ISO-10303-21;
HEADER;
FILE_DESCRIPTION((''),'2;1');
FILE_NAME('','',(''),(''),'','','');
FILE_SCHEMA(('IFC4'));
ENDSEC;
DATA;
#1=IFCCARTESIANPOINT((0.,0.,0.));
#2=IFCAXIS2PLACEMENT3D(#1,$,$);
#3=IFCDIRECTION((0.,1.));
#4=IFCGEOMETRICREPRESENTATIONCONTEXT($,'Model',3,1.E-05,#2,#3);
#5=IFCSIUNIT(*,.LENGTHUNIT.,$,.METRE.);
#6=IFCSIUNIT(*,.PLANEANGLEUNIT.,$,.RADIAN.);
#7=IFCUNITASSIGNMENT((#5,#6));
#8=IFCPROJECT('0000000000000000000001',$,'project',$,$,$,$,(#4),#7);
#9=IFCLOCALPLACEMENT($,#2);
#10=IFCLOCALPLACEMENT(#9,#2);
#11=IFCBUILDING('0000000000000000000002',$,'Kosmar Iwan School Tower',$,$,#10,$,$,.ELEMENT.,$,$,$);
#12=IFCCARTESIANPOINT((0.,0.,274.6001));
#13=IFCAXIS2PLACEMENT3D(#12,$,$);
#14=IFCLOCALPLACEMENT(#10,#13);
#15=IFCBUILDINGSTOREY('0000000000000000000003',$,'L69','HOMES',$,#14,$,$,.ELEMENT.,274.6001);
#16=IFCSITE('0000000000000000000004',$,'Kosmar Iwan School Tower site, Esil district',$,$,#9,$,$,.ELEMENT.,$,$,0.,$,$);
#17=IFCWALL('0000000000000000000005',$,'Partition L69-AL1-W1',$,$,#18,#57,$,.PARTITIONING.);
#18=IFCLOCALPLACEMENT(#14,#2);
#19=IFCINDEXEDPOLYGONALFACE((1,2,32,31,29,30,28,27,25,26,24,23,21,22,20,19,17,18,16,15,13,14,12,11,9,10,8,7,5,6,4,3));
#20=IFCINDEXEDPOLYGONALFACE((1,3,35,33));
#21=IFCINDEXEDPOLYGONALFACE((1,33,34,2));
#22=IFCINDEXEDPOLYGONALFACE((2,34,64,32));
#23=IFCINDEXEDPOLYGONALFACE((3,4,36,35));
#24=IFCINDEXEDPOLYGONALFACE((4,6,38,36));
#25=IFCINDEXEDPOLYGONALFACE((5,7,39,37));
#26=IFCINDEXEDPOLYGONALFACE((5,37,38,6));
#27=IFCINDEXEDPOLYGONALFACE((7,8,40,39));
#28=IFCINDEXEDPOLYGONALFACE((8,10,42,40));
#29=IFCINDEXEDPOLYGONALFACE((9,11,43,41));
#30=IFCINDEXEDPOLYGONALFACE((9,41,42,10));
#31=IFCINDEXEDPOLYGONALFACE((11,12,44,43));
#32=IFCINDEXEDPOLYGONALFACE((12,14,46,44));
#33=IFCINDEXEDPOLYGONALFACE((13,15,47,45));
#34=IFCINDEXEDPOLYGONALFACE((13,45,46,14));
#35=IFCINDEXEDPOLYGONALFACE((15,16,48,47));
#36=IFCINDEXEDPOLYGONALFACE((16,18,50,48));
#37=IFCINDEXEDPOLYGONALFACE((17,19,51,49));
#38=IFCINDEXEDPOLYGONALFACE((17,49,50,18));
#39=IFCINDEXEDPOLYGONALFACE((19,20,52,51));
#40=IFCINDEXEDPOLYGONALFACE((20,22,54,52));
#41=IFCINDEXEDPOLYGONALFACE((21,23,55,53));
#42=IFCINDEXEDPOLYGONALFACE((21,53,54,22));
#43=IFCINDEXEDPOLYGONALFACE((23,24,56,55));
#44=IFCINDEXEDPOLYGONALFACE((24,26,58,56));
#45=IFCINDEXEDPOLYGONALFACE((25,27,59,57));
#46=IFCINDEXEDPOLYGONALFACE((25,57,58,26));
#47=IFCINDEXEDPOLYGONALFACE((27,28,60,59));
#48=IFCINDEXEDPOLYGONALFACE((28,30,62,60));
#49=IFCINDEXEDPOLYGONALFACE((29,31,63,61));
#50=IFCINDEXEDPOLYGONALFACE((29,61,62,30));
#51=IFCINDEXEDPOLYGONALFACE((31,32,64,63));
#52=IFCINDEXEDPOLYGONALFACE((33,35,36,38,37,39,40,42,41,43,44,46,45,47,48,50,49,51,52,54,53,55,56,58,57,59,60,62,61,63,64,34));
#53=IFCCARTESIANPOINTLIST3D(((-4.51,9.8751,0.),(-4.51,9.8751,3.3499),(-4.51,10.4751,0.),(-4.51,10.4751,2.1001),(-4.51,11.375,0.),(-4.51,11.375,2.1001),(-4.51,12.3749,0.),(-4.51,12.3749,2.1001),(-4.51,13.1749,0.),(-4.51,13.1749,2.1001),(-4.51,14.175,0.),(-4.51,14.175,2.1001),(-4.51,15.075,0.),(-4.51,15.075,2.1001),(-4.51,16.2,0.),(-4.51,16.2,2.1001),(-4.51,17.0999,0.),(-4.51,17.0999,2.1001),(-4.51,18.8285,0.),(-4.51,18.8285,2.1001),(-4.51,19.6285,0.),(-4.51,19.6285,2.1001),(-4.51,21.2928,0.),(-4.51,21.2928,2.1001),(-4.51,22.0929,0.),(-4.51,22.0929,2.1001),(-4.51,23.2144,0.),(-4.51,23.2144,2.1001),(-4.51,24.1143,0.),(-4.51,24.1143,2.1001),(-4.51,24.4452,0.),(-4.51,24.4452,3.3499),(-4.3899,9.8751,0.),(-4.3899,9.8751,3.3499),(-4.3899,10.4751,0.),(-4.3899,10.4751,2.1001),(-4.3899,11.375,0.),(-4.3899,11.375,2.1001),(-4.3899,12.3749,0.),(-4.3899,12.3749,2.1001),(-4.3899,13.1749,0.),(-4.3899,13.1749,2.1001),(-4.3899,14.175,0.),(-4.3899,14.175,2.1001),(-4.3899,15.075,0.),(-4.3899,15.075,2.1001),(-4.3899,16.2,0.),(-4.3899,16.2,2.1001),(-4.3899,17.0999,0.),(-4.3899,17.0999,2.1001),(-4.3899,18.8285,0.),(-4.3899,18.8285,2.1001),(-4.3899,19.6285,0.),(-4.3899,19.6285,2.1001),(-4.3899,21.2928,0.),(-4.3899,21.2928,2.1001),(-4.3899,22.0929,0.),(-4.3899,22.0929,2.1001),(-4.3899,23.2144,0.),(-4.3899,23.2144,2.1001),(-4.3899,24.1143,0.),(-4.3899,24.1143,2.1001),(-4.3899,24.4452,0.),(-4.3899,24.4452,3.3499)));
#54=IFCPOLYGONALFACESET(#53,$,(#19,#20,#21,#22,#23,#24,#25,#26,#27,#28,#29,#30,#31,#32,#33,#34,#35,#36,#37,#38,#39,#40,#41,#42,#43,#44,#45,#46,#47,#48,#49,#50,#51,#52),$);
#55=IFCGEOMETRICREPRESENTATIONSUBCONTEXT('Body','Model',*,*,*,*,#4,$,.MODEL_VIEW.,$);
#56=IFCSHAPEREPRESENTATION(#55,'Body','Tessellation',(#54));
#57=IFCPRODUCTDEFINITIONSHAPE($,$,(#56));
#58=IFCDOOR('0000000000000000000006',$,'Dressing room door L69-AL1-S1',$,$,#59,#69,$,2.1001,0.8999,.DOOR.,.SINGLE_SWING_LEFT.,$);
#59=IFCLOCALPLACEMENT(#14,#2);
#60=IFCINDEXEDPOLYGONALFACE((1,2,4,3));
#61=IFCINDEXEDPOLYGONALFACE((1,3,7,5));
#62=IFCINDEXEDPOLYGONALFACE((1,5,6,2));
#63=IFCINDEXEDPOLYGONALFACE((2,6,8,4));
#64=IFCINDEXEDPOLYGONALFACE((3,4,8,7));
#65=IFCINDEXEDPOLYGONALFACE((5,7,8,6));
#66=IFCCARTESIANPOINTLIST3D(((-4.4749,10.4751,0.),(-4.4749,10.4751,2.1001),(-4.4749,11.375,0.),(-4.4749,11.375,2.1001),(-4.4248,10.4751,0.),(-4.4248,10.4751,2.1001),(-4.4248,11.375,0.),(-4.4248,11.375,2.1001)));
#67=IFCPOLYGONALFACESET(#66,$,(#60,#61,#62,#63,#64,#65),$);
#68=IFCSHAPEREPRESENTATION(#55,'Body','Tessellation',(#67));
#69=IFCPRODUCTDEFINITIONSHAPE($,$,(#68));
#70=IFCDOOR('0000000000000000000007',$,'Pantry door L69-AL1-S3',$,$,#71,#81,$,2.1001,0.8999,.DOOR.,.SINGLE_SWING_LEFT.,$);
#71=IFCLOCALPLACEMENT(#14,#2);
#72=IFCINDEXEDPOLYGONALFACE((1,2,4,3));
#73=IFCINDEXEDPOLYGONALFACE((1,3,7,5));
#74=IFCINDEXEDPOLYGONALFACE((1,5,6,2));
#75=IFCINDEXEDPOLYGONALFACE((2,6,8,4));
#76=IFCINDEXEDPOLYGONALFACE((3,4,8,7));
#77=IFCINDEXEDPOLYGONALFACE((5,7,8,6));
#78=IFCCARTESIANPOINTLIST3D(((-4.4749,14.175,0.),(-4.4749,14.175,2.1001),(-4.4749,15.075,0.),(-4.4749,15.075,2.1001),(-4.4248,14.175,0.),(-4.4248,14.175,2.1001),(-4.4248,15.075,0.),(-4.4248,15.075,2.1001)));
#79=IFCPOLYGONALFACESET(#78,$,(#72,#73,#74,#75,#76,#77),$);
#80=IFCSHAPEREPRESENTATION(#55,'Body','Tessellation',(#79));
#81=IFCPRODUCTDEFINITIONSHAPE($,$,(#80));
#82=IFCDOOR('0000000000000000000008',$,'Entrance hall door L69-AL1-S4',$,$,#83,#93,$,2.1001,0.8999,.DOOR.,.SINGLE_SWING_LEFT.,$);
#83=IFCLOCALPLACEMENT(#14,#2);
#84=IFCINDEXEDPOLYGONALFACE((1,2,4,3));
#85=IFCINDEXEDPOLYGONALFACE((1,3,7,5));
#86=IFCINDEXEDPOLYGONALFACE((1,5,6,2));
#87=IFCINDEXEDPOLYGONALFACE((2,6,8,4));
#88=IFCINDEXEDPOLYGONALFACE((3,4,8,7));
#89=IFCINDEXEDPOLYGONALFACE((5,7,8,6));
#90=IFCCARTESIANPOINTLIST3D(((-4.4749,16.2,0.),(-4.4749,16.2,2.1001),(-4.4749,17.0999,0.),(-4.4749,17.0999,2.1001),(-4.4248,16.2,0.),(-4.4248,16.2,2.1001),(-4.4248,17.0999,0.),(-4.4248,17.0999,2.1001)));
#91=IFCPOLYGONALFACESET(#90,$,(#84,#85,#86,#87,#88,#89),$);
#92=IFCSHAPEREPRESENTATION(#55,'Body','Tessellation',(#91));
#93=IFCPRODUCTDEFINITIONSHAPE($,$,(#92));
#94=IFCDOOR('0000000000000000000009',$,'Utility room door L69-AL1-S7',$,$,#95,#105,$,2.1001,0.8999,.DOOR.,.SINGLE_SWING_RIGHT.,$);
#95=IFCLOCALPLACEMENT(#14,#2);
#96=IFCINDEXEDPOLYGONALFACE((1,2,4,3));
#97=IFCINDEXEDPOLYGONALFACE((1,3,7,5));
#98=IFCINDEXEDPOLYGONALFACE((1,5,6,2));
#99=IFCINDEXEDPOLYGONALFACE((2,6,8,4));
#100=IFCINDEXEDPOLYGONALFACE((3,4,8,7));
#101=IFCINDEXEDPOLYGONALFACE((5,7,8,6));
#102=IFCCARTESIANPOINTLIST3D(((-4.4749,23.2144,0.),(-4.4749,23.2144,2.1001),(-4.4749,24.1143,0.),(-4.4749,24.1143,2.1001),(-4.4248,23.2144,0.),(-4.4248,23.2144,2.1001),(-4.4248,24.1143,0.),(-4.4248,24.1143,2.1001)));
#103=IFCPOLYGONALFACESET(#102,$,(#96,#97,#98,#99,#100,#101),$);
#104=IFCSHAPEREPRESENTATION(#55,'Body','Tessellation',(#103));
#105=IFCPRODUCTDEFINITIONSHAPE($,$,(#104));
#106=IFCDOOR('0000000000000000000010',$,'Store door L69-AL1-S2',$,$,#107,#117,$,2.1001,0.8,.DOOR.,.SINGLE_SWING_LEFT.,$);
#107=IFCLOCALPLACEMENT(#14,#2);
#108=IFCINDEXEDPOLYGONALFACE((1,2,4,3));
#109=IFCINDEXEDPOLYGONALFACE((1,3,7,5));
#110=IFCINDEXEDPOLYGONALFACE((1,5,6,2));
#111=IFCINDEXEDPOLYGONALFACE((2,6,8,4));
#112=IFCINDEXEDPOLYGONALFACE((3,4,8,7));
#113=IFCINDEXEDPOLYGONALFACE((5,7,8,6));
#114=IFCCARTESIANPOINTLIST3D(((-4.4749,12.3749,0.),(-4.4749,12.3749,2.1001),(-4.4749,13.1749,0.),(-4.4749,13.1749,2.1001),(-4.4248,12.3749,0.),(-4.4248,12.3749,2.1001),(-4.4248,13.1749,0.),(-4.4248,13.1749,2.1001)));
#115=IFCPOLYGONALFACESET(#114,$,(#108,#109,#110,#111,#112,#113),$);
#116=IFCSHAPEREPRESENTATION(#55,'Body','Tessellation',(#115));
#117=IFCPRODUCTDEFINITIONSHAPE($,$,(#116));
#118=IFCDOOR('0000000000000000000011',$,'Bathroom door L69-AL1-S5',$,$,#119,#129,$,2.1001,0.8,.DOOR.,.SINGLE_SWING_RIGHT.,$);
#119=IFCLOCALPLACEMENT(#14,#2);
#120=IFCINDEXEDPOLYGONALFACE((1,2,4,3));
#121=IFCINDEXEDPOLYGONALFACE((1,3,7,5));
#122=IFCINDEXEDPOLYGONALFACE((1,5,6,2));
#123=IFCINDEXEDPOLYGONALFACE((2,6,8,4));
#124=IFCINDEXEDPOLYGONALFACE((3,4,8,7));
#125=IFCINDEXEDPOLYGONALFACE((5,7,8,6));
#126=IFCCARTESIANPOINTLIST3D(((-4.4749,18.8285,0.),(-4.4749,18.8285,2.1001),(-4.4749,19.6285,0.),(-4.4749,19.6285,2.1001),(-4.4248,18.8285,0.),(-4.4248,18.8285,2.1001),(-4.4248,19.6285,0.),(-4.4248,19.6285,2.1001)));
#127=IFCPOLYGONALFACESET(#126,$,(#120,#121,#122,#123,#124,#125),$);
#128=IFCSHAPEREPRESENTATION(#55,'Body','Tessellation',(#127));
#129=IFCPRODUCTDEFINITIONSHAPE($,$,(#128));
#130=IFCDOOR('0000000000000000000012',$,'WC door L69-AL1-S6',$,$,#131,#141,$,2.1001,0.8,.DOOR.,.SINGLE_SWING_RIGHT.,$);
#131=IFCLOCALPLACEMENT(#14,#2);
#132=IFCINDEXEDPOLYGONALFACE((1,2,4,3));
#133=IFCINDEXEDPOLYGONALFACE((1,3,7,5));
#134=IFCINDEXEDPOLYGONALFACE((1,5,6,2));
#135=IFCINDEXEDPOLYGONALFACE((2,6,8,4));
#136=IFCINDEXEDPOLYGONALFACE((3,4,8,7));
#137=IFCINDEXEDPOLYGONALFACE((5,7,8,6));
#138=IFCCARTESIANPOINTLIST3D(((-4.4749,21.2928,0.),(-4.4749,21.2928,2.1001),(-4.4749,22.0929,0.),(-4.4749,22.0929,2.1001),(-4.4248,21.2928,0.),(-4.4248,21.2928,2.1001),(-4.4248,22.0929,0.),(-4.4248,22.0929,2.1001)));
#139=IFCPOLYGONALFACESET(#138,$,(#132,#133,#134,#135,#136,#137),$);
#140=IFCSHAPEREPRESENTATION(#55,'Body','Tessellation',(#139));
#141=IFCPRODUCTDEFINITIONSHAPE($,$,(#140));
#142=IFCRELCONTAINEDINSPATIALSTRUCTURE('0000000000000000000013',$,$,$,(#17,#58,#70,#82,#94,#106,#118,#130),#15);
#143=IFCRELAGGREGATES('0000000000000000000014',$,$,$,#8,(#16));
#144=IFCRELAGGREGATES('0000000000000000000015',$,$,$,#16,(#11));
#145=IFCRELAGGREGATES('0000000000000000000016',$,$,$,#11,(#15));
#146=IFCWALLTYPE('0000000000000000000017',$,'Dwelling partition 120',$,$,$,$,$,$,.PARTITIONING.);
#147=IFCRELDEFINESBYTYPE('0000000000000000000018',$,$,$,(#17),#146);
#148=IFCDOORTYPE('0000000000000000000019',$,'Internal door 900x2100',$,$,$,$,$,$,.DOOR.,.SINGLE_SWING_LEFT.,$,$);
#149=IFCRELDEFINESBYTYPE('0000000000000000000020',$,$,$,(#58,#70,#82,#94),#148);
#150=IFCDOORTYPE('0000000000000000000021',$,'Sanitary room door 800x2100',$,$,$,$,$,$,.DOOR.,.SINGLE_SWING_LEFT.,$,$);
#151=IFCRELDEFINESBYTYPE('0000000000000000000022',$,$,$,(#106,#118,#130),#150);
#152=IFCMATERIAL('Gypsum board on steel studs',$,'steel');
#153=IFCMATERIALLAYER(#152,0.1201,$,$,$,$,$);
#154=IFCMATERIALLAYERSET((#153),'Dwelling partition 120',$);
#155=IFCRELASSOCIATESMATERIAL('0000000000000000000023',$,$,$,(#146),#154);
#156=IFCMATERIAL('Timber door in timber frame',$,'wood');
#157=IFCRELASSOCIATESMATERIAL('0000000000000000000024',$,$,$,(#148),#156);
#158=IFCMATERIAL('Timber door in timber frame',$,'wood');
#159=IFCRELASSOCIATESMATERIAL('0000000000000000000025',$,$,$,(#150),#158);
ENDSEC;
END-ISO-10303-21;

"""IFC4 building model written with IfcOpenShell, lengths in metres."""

from ifc_helpers import new_model, si_unit, direction, frame, frame_2d, origin, place, context, subcontext, project, spatial, rectangle, extrude, material, layer, layer_set, type_object, element, fill, save


model = new_model("IFC4")

# Units and contexts
model_context = context("Model", 3, precision=1e-05, world=origin(), true_north=direction((0.0, 1.0)))
body_context = subcontext(model_context, "Body", "Model", "MODEL_VIEW")
ifc_project = project(units=[si_unit("LENGTHUNIT", "METRE"), si_unit("PLANEANGLEUNIT", "RADIAN")], contexts=[model_context])

# Site, building, storey
site_placement = place(None, origin())
site = spatial("IfcSite", under=ifc_project, at=site_placement, Name="Kosmar Iwan School Tower site, Esil district", CompositionType="ELEMENT", RefElevation=0.0)
building_placement = place(site_placement, origin())
building = spatial("IfcBuilding", under=site, at=building_placement, Name="Kosmar Iwan School Tower", CompositionType="ELEMENT")
storey_placement = place(building_placement, frame((0.0, 0.0, 274.6001)))
storey = spatial("IfcBuildingStorey", under=building, at=storey_placement, Name="L69", Description="HOMES", CompositionType="ELEMENT", Elevation=274.6001)

# Wall, openings, doors
ifc_material_1 = material(Name="Gypsum board on steel studs", Category="steel")
ifc_layer_1 = layer(ifc_material_1, 0.1201)
ifc_layer_set_1 = layer_set([ifc_layer_1], Name="Dwelling partition 120")
wall_type_1 = type_object("IfcWallType", Name="Dwelling partition 120", PredefinedType="PARTITIONING", material=ifc_layer_set_1)
wall_1_placement = place(storey_placement, frame((-4.45, 9.875, 0.0), z_axis=(0.0, 0.0, 1.0), x_axis=(0.0, 1.0, 0.0)))
wall_1 = element("IfcWall", 1, at=wall_1_placement, inside=storey, type_object=wall_type_1, Name="Partition L69-AL1-W1", PredefinedType="PARTITIONING", context=body_context, shape_type="SweptSolid", body=[
    extrude(rectangle(XDim=14.5701, YDim=0.1201, at=frame_2d((7.2852, 0.0))), origin(), (0.0, 0.0, 1.0), 3.3499),
])
opening_1_placement = place(wall_1_placement, frame((0.6001, 0.0, 0.0)))
opening_1 = element("IfcOpeningElement", 2, at=opening_1_placement, cuts=wall_1, PredefinedType="OPENING", context=body_context, shape_type="SweptSolid", body=[
    extrude(rectangle(XDim=0.8999, YDim=2.1001, at=frame_2d((0.45, 1.05))), frame((0.0, 0.072, 0.0), z_axis=(0.0, -1.0, 0.0), x_axis=(1.0, 0.0, 0.0)), (0.0, 0.0, 1.0), 0.144),
])
opening_2_placement = place(wall_1_placement, frame((2.5, 0.0, 0.0)))
opening_2 = element("IfcOpeningElement", 3, at=opening_2_placement, cuts=wall_1, PredefinedType="OPENING", context=body_context, shape_type="SweptSolid", body=[
    extrude(rectangle(XDim=0.8, YDim=2.1001, at=frame_2d((0.3999, 1.05))), frame((0.0, 0.072, 0.0), z_axis=(0.0, -1.0, 0.0), x_axis=(1.0, 0.0, 0.0)), (0.0, 0.0, 1.0), 0.144),
])
opening_3_placement = place(wall_1_placement, frame((4.3, 0.0, 0.0)))
opening_3 = element("IfcOpeningElement", 4, at=opening_3_placement, cuts=wall_1, PredefinedType="OPENING", context=body_context, shape_type="SweptSolid", body=[
    extrude(rectangle(XDim=0.8999, YDim=2.1001, at=frame_2d((0.45, 1.05))), frame((0.0, 0.072, 0.0), z_axis=(0.0, -1.0, 0.0), x_axis=(1.0, 0.0, 0.0)), (0.0, 0.0, 1.0), 0.144),
])
opening_4_placement = place(wall_1_placement, frame((6.325, 0.0, 0.0)))
opening_4 = element("IfcOpeningElement", 5, at=opening_4_placement, cuts=wall_1, PredefinedType="OPENING", context=body_context, shape_type="SweptSolid", body=[
    extrude(rectangle(XDim=0.8999, YDim=2.1001, at=frame_2d((0.45, 1.05))), frame((0.0, 0.072, 0.0), z_axis=(0.0, -1.0, 0.0), x_axis=(1.0, 0.0, 0.0)), (0.0, 0.0, 1.0), 0.144),
])
opening_5_placement = place(wall_1_placement, frame((8.9536, 0.0, 0.0)))
opening_5 = element("IfcOpeningElement", 6, at=opening_5_placement, cuts=wall_1, PredefinedType="OPENING", context=body_context, shape_type="SweptSolid", body=[
    extrude(rectangle(XDim=0.8, YDim=2.1001, at=frame_2d((0.3999, 1.05))), frame((0.0, 0.072, 0.0), z_axis=(0.0, -1.0, 0.0), x_axis=(1.0, 0.0, 0.0)), (0.0, 0.0, 1.0), 0.144),
])
opening_6_placement = place(wall_1_placement, frame((11.418, 0.0, 0.0)))
opening_6 = element("IfcOpeningElement", 7, at=opening_6_placement, cuts=wall_1, PredefinedType="OPENING", context=body_context, shape_type="SweptSolid", body=[
    extrude(rectangle(XDim=0.8, YDim=2.1001, at=frame_2d((0.3999, 1.05))), frame((0.0, 0.072, 0.0), z_axis=(0.0, -1.0, 0.0), x_axis=(1.0, 0.0, 0.0)), (0.0, 0.0, 1.0), 0.144),
])
opening_7_placement = place(wall_1_placement, frame((13.3394, 0.0, 0.0)))
opening_7 = element("IfcOpeningElement", 8, at=opening_7_placement, cuts=wall_1, PredefinedType="OPENING", context=body_context, shape_type="SweptSolid", body=[
    extrude(rectangle(XDim=0.8999, YDim=2.1001, at=frame_2d((0.45, 1.05))), frame((0.0, 0.072, 0.0), z_axis=(0.0, -1.0, 0.0), x_axis=(1.0, 0.0, 0.0)), (0.0, 0.0, 1.0), 0.144),
])
ifc_material_2 = material(Name="Timber door in timber frame", Category="wood")
door_type_1 = type_object("IfcDoorType", Name="Internal door 900x2100", OperationType="SINGLE_SWING_LEFT", PredefinedType="DOOR", material=ifc_material_2)
door_1_placement = place(opening_1_placement, origin())
door_1 = element("IfcDoor", 9, at=door_1_placement, inside=storey, type_object=door_type_1, Name="Dressing room door L69-AL1-S1", OperationType="SINGLE_SWING_LEFT", OverallHeight=2.1001, OverallWidth=0.8999, PredefinedType="DOOR", context=body_context, shape_type="SweptSolid", body=[
    extrude(rectangle(XDim=0.8999, YDim=2.1001, at=frame_2d((0.45, 1.05))), frame((0.0, 0.0249, 0.0), z_axis=(0.0, -1.0, 0.0), x_axis=(1.0, 0.0, 0.0)), (0.0, 0.0, 1.0), 0.05),
])
fill(opening_1, door_1)
door_2_placement = place(opening_3_placement, origin())
door_2 = element("IfcDoor", 10, at=door_2_placement, inside=storey, type_object=door_type_1, Name="Pantry door L69-AL1-S3", OperationType="SINGLE_SWING_LEFT", OverallHeight=2.1001, OverallWidth=0.8999, PredefinedType="DOOR", context=body_context, shape_type="SweptSolid", body=[
    extrude(rectangle(XDim=0.8999, YDim=2.1001, at=frame_2d((0.45, 1.05))), frame((0.0, 0.0249, 0.0), z_axis=(0.0, -1.0, 0.0), x_axis=(1.0, 0.0, 0.0)), (0.0, 0.0, 1.0), 0.05),
])
fill(opening_3, door_2)
door_3_placement = place(opening_4_placement, origin())
door_3 = element("IfcDoor", 11, at=door_3_placement, inside=storey, type_object=door_type_1, Name="Entrance hall door L69-AL1-S4", OperationType="SINGLE_SWING_LEFT", OverallHeight=2.1001, OverallWidth=0.8999, PredefinedType="DOOR", context=body_context, shape_type="SweptSolid", body=[
    extrude(rectangle(XDim=0.8999, YDim=2.1001, at=frame_2d((0.45, 1.05))), frame((0.0, 0.0249, 0.0), z_axis=(0.0, -1.0, 0.0), x_axis=(1.0, 0.0, 0.0)), (0.0, 0.0, 1.0), 0.05),
])
fill(opening_4, door_3)
door_4_placement = place(opening_7_placement, origin())
door_4 = element("IfcDoor", 12, at=door_4_placement, inside=storey, type_object=door_type_1, Name="Utility room door L69-AL1-S7", OperationType="SINGLE_SWING_RIGHT", OverallHeight=2.1001, OverallWidth=0.8999, PredefinedType="DOOR", context=body_context, shape_type="SweptSolid", body=[
    extrude(rectangle(XDim=0.8999, YDim=2.1001, at=frame_2d((0.45, 1.05))), frame((0.0, 0.0249, 0.0), z_axis=(0.0, -1.0, 0.0), x_axis=(1.0, 0.0, 0.0)), (0.0, 0.0, 1.0), 0.05),
])
fill(opening_7, door_4)
ifc_material_3 = material(Name="Timber door in timber frame", Category="wood")
door_type_2 = type_object("IfcDoorType", Name="Sanitary room door 800x2100", OperationType="SINGLE_SWING_LEFT", PredefinedType="DOOR", material=ifc_material_3)
door_5_placement = place(opening_2_placement, origin())
door_5 = element("IfcDoor", 13, at=door_5_placement, inside=storey, type_object=door_type_2, Name="Store door L69-AL1-S2", OperationType="SINGLE_SWING_LEFT", OverallHeight=2.1001, OverallWidth=0.8, PredefinedType="DOOR", context=body_context, shape_type="SweptSolid", body=[
    extrude(rectangle(XDim=0.8, YDim=2.1001, at=frame_2d((0.3999, 1.05))), frame((0.0, 0.0249, 0.0), z_axis=(0.0, -1.0, 0.0), x_axis=(1.0, 0.0, 0.0)), (0.0, 0.0, 1.0), 0.05),
])
fill(opening_2, door_5)
door_6_placement = place(opening_5_placement, origin())
door_6 = element("IfcDoor", 14, at=door_6_placement, inside=storey, type_object=door_type_2, Name="Bathroom door L69-AL1-S5", OperationType="SINGLE_SWING_RIGHT", OverallHeight=2.1001, OverallWidth=0.8, PredefinedType="DOOR", context=body_context, shape_type="SweptSolid", body=[
    extrude(rectangle(XDim=0.8, YDim=2.1001, at=frame_2d((0.3999, 1.05))), frame((0.0, 0.0249, 0.0), z_axis=(0.0, -1.0, 0.0), x_axis=(1.0, 0.0, 0.0)), (0.0, 0.0, 1.0), 0.05),
])
fill(opening_5, door_6)
door_7_placement = place(opening_6_placement, origin())
door_7 = element("IfcDoor", 15, at=door_7_placement, inside=storey, type_object=door_type_2, Name="WC door L69-AL1-S6", OperationType="SINGLE_SWING_RIGHT", OverallHeight=2.1001, OverallWidth=0.8, PredefinedType="DOOR", context=body_context, shape_type="SweptSolid", body=[
    extrude(rectangle(XDim=0.8, YDim=2.1001, at=frame_2d((0.3999, 1.05))), frame((0.0, 0.0249, 0.0), z_axis=(0.0, -1.0, 0.0), x_axis=(1.0, 0.0, 0.0)), (0.0, 0.0, 1.0), 0.05),
])
fill(opening_6, door_7)

save(model, "model.ifc")
